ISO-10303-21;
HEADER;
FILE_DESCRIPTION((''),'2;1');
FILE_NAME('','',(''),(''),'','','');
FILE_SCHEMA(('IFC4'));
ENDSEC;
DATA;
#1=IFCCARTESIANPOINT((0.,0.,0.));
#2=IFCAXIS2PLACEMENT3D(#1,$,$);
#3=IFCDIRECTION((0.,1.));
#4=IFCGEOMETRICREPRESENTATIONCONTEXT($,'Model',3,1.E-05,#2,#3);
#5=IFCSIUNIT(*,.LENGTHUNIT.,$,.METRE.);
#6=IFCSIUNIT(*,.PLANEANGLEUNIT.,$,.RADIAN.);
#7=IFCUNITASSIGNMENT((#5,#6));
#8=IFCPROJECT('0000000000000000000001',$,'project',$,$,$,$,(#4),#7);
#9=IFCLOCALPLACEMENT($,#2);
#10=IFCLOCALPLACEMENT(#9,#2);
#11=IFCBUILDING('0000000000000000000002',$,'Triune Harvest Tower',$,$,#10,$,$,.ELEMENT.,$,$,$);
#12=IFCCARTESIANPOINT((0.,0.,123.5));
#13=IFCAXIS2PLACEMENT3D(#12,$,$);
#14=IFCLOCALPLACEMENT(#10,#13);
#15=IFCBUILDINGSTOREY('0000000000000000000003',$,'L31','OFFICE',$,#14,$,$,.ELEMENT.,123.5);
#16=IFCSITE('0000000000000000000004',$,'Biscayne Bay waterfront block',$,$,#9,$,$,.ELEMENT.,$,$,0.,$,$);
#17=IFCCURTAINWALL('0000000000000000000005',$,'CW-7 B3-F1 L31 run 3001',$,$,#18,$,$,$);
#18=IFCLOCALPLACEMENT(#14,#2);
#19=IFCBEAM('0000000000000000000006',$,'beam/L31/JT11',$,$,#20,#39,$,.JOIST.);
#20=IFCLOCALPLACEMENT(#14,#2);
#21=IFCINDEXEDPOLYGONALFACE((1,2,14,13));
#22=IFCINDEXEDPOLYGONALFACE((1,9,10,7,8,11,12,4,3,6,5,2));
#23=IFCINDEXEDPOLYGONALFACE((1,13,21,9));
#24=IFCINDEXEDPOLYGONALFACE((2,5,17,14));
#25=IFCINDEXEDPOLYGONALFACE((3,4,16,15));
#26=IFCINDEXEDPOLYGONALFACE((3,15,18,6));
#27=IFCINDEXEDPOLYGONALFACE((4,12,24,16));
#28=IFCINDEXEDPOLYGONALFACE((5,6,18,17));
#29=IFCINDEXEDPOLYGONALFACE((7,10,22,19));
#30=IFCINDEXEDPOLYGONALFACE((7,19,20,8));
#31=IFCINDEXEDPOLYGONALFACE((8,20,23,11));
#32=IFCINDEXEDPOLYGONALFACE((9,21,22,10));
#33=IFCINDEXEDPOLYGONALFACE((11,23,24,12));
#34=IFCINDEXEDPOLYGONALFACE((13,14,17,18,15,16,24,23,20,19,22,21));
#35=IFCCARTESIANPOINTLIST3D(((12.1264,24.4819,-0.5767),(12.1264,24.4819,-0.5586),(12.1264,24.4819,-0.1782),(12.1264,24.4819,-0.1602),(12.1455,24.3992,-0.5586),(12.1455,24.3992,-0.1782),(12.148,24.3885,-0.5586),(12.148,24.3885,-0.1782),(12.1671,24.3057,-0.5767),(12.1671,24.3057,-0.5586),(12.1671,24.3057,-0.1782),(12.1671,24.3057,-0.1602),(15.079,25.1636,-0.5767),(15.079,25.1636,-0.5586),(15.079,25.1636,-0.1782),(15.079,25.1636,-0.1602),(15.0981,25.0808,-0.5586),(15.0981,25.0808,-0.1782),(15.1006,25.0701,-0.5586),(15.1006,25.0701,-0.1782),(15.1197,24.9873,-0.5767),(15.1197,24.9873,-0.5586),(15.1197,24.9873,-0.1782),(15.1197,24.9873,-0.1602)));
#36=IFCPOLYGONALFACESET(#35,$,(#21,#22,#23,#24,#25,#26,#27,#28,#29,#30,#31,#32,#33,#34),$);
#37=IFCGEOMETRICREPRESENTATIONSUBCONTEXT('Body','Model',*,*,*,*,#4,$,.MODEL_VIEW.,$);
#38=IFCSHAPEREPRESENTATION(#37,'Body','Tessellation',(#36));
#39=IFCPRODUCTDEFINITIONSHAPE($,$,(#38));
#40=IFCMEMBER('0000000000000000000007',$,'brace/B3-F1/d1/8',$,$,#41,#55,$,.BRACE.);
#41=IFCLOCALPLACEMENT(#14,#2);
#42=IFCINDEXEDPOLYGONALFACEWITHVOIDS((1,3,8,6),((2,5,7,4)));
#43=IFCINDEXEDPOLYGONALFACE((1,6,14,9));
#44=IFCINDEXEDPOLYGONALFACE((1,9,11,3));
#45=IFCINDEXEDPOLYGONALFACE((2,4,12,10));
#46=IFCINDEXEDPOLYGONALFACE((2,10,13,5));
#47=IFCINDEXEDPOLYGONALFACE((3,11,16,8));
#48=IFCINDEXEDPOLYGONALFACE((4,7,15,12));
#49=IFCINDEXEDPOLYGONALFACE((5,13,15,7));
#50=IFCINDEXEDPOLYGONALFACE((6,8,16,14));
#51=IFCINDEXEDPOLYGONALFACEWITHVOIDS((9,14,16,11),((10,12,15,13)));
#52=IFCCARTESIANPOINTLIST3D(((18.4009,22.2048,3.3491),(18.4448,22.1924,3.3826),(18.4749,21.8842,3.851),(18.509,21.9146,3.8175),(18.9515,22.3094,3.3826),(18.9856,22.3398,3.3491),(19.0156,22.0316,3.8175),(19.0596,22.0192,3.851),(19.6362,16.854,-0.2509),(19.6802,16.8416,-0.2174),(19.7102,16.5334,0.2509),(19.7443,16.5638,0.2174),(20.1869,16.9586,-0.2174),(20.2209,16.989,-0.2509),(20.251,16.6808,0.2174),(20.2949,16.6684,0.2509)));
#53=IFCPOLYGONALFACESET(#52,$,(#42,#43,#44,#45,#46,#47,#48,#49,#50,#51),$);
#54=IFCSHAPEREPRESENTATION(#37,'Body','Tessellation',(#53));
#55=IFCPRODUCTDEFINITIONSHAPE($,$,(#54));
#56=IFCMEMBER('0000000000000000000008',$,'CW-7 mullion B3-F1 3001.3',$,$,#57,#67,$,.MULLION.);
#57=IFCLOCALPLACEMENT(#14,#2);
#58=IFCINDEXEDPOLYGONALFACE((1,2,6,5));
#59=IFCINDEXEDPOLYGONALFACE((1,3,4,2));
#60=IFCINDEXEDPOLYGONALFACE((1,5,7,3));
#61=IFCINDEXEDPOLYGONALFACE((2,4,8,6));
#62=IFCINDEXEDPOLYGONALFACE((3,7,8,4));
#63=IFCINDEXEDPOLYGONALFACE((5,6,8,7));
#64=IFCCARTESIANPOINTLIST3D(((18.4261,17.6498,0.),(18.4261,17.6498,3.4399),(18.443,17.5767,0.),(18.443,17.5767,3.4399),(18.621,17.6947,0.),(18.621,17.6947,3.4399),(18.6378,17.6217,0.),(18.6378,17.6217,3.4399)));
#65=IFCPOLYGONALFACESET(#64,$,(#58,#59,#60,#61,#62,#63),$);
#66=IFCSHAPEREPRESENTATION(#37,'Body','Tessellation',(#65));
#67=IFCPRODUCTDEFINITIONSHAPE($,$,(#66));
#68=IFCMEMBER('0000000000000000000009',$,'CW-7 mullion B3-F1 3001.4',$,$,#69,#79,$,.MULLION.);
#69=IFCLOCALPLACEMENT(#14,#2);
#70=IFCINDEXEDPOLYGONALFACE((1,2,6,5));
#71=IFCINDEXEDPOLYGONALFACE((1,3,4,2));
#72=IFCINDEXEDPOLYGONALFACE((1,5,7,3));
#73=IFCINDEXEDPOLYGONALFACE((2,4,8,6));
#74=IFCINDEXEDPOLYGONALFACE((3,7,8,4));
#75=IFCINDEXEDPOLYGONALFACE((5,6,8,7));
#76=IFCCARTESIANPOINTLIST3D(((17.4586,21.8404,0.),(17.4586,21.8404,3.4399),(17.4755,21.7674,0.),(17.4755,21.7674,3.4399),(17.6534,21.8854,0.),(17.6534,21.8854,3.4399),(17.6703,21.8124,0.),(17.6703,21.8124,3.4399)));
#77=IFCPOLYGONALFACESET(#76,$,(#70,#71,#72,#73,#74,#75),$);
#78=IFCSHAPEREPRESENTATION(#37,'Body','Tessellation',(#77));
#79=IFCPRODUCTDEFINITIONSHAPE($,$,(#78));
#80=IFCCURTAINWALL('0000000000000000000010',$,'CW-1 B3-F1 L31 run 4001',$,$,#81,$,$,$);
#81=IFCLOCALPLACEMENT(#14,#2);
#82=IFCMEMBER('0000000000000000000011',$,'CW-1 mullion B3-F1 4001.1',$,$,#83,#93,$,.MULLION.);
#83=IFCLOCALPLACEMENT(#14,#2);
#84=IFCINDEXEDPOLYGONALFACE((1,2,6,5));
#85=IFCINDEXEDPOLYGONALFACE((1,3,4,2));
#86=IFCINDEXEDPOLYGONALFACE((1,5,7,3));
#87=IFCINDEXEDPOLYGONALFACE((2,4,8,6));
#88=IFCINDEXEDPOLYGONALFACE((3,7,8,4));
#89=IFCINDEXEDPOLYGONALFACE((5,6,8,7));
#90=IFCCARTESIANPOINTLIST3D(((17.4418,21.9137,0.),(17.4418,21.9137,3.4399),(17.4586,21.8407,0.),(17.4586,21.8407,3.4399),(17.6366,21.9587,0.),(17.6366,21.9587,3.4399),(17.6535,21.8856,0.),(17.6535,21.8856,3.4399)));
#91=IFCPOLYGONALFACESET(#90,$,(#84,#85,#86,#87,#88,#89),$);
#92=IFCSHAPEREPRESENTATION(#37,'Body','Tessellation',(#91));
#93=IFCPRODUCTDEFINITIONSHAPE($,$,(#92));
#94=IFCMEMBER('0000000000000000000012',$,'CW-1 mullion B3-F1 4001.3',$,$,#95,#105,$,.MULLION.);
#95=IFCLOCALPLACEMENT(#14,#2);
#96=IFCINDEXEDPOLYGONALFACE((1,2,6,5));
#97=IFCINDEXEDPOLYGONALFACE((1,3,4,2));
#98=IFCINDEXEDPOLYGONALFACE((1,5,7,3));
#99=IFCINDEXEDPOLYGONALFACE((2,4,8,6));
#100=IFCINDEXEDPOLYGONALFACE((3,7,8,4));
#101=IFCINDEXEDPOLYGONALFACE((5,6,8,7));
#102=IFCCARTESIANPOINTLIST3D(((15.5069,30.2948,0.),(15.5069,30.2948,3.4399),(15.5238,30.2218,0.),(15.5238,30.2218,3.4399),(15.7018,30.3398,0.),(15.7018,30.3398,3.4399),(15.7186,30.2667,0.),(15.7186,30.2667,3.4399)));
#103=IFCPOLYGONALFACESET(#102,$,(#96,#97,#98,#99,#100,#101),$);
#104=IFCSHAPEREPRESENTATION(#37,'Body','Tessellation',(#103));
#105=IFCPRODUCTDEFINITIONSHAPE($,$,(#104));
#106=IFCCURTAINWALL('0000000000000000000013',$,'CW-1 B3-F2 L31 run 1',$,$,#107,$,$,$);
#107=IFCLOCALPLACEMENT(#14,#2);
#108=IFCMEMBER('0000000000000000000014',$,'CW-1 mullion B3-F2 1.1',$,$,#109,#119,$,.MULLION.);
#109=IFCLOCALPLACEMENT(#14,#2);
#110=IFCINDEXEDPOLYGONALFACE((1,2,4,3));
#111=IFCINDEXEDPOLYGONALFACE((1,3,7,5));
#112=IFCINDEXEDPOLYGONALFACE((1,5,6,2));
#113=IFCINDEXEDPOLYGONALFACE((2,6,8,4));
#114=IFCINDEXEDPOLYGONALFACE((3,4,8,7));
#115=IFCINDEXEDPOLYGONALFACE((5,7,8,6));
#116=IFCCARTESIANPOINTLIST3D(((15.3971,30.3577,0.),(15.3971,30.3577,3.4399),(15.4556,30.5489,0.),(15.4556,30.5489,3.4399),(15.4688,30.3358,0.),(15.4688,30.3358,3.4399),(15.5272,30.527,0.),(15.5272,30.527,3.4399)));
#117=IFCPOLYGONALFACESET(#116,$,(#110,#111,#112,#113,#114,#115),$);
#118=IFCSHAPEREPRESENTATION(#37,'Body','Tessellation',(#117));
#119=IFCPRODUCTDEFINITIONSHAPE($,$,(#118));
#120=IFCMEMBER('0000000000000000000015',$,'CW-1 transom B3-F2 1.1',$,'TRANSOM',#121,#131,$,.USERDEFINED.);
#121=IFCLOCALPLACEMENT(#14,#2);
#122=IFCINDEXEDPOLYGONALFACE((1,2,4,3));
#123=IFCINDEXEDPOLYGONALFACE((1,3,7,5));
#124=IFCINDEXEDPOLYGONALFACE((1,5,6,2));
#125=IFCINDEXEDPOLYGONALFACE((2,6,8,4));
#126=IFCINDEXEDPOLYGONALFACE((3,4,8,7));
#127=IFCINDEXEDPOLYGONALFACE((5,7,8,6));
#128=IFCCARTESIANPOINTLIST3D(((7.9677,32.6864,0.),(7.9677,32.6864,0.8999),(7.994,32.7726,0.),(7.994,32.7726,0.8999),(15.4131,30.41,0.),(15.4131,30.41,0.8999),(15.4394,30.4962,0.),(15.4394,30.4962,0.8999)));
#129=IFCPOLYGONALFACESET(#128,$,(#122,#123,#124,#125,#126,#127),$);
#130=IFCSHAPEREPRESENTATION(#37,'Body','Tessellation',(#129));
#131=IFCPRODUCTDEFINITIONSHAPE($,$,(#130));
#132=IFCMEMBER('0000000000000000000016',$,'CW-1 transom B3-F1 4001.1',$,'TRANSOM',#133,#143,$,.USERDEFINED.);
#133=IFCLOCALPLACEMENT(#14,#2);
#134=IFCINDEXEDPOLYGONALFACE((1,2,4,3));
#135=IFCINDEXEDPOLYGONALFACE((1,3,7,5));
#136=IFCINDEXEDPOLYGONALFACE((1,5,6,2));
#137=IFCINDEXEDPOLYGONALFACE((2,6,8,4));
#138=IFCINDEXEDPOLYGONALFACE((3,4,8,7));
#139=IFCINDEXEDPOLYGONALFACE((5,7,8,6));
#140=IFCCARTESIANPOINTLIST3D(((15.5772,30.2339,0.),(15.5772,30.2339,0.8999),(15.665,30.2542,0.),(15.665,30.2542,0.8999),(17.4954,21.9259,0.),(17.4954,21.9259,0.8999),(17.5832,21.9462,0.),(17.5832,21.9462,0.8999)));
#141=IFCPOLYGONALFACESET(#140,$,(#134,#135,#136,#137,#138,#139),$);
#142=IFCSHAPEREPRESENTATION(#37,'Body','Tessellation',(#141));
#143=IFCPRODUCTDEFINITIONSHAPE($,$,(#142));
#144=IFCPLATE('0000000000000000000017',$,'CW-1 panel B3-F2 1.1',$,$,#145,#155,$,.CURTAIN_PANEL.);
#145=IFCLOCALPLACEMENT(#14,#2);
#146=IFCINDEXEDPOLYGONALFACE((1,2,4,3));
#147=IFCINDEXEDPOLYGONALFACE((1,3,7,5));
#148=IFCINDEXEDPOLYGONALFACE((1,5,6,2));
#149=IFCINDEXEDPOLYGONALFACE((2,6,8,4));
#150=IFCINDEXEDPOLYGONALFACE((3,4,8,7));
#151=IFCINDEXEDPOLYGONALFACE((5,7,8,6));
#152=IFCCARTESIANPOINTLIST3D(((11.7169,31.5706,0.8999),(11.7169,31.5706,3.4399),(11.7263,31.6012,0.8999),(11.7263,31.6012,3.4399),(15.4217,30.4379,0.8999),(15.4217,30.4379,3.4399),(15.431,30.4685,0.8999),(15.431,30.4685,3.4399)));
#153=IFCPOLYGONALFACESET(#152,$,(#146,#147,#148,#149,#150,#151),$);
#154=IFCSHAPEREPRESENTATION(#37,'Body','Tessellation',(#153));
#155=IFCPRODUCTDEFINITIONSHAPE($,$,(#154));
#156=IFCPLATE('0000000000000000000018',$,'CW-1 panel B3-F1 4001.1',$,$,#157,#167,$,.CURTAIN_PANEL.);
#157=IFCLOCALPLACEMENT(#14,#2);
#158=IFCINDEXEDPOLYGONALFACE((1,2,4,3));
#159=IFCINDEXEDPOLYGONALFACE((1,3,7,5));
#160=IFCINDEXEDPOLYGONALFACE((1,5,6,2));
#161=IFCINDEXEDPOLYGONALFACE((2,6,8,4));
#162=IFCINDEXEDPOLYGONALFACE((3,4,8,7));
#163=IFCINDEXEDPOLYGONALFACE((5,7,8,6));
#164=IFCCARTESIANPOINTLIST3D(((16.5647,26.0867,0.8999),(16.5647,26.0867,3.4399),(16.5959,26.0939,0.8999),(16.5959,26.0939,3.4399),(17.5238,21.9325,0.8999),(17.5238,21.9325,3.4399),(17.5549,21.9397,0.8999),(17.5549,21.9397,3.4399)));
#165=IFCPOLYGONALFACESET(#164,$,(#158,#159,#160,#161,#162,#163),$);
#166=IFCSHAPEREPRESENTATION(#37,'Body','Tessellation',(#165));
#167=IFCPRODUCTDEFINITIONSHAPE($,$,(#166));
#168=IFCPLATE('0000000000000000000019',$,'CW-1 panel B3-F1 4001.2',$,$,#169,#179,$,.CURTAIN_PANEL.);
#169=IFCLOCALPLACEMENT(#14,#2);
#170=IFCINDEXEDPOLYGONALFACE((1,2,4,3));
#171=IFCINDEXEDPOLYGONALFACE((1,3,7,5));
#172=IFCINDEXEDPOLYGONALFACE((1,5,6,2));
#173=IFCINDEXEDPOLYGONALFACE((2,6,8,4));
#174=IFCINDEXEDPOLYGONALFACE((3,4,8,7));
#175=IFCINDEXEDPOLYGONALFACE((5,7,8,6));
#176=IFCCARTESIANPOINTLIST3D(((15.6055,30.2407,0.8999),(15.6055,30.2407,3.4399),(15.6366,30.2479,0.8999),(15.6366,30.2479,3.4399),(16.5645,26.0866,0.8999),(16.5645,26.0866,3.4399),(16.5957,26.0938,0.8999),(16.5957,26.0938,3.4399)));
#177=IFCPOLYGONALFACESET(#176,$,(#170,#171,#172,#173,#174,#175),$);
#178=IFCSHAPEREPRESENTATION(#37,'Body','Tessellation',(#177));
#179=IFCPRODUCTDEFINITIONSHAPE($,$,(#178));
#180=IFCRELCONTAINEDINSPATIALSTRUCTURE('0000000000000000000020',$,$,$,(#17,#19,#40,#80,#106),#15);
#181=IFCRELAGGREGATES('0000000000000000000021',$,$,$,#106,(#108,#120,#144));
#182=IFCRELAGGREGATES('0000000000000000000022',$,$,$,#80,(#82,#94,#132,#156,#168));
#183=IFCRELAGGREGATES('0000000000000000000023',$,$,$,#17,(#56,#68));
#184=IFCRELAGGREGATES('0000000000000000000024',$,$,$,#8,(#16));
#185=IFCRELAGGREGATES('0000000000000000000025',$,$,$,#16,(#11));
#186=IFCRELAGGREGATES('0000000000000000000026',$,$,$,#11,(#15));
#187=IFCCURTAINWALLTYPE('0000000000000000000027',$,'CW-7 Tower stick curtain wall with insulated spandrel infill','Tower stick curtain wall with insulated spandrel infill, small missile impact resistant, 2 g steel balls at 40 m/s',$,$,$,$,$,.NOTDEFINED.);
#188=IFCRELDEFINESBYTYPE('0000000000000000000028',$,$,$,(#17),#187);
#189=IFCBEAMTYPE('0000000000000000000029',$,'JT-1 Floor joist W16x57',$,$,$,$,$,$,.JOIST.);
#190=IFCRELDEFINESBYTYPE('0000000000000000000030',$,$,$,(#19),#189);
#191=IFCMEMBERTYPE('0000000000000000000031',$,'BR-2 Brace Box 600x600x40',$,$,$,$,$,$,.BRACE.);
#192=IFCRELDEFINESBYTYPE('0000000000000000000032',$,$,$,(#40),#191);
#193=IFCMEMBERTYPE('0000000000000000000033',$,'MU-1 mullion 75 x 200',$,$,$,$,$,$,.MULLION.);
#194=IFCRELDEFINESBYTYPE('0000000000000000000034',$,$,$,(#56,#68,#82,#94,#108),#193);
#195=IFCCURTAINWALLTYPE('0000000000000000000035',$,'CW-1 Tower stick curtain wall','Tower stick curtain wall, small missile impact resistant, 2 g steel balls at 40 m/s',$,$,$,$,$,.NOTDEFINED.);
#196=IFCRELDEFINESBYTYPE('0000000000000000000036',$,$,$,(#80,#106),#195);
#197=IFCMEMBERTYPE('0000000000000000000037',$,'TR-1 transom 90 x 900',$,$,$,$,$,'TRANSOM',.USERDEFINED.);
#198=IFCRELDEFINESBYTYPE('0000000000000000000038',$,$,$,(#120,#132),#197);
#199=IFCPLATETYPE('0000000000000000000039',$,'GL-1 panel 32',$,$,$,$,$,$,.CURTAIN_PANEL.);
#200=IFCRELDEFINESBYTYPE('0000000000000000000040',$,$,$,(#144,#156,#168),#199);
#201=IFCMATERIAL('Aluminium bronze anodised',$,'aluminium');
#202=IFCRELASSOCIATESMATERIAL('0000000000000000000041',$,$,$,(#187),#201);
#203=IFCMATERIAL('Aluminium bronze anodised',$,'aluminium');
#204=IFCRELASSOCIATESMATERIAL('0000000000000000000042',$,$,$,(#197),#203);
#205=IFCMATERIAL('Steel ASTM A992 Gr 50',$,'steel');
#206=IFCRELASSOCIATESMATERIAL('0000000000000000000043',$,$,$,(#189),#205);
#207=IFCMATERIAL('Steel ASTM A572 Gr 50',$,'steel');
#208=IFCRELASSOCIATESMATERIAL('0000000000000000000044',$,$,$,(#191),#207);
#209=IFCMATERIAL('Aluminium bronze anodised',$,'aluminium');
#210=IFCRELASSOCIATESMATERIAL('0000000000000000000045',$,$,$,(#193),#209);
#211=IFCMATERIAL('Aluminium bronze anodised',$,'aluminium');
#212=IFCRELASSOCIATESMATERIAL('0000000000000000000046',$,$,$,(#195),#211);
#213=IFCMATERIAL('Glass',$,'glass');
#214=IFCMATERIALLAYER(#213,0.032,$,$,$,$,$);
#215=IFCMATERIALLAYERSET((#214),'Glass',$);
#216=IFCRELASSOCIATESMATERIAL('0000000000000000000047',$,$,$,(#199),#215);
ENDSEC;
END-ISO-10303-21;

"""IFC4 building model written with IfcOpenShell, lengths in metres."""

from ifc_helpers import new_model, si_unit, direction, frame, origin, origin_2d, place, context, subcontext, project, spatial, rectangle, hollow_rectangle, i_section, extrude, source, transform, mapped, material, layer, layer_set, material_profile, profile_set, type_object, element, aggregate, save


model = new_model("IFC4")

# Units and contexts
model_context = context("Model", 3, precision=1e-05, world=origin(), true_north=direction((0.0, 1.0)))
body_context = subcontext(model_context, "Body", "Model", "MODEL_VIEW")
ifc_project = project(units=[si_unit("LENGTHUNIT", "METRE"), si_unit("PLANEANGLEUNIT", "RADIAN")], contexts=[model_context])

# Site, building, storey
site_placement = place(None, origin())
site = spatial("IfcSite", under=ifc_project, at=site_placement, Name="Biscayne Bay waterfront block", CompositionType="ELEMENT", RefElevation=0.0)
building_placement = place(site_placement, origin())
building = spatial("IfcBuilding", under=site, at=building_placement, Name="Triune Harvest Tower", CompositionType="ELEMENT")
storey_placement = place(building_placement, frame((0.0, 0.0, 123.5)))
storey = spatial("IfcBuildingStorey", under=building, at=storey_placement, Name="L31", Description="OFFICE", CompositionType="ELEMENT", Elevation=123.5)

# Curtain wall
ifc_material_1 = material(Name="Aluminium bronze anodised", Category="aluminium")
curtain_wall_type_1 = type_object("IfcCurtainWallType", Name="CW-7 Tower stick curtain wall with insulated spandrel infill", Description="Tower stick curtain wall with insulated spandrel infill, small missile impact resistant, 2 g steel balls at 40 m/s", PredefinedType="NOTDEFINED", material=ifc_material_1)
curtain_wall_1_placement = place(storey_placement, origin())
curtain_wall_1 = element("IfcCurtainWall", 1, at=curtain_wall_1_placement, inside=storey, type_object=curtain_wall_type_1, Name="CW-7 B3-F1 L31 run 3001")
ifc_material_2 = material(Name="Aluminium bronze anodised", Category="aluminium")
ifc_material_profile_1 = material_profile(ifc_material_2, rectangle(XDim=0.0901, YDim=0.8999, at=origin_2d()), Name="TR-1 transom 90 x 900")
ifc_profile_set_1 = profile_set([ifc_material_profile_1], Name="Aluminium bronze anodised")
member_type_1 = type_object("IfcMemberType", Name="TR-1 transom 90 x 900", ElementType="TRANSOM", PredefinedType="USERDEFINED", material=ifc_profile_set_1)

# Beam
ifc_material_3 = material(Name="Steel ASTM A992 Gr 50", Category="steel")
ifc_material_profile_2 = material_profile(ifc_material_3, i_section(OverallWidth=0.1809, OverallDepth=0.4165, WebThickness=0.011, FlangeThickness=0.0181, at=origin_2d()), Name="W16x57")
ifc_profile_set_2 = profile_set([ifc_material_profile_2], Name="Steel ASTM A992 Gr 50")
beam_type_1 = type_object("IfcBeamType", Name="JT-1 Floor joist W16x57", PredefinedType="JOIST", material=ifc_profile_set_2)
shared_shape_1 = source(origin(), body_context, "Body", "SweptSolid", [
    extrude(i_section(OverallWidth=0.1809, OverallDepth=0.4165, WebThickness=0.011, FlangeThickness=0.0181, at=origin_2d()), origin(), (0.0, 0.0, 1.0), 3.0303),
])
beam_1_placement = place(storey_placement, frame((15.0994, 25.0754, -0.3684), z_axis=(-0.974372, -0.224942, 0.0), x_axis=(0.224942, -0.974372, 0.0)))
element("IfcBeam", 2, at=beam_1_placement, inside=storey, type_object=beam_type_1, Name="beam/L31/JT11", PredefinedType="JOIST", context=body_context, shape_type="MappedRepresentation", body=[
    mapped(shared_shape_1, transform((0.0, 0.0, 0.0), scale=1.0)),
])

# Members
ifc_material_4 = material(Name="Steel ASTM A572 Gr 50", Category="steel")
ifc_material_profile_3 = material_profile(ifc_material_4, hollow_rectangle(XDim=0.6001, YDim=0.6001, WallThickness=0.04, at=origin_2d()), Name="Box 600x600x40")
ifc_profile_set_3 = profile_set([ifc_material_profile_3], Name="Steel ASTM A572 Gr 50")
member_type_2 = type_object("IfcMemberType", Name="BR-2 Brace Box 600x600x40", PredefinedType="BRACE", material=ifc_profile_set_3)
shared_shape_2 = source(origin(), body_context, "Body", "SweptSolid", [
    extrude(hollow_rectangle(XDim=0.6001, YDim=0.6001, WallThickness=0.04, at=origin_2d()), origin(), (0.0, 0.0, 1.0), 6.5664),
])
member_1_placement = place(storey_placement, frame((19.9656, 16.7612, 0.0), z_axis=(-0.188131, 0.814875, 0.548257), x_axis=(-0.974369, -0.224954, 0.0)))
element("IfcMember", 3, at=member_1_placement, inside=storey, type_object=member_type_2, Name="brace/B3-F1/d1/8", PredefinedType="BRACE", context=body_context, shape_type="MappedRepresentation", body=[
    mapped(shared_shape_2, transform((0.0, 0.0, 0.0), scale=1.0)),
])
ifc_material_5 = material(Name="Aluminium bronze anodised", Category="aluminium")
ifc_material_profile_4 = material_profile(ifc_material_5, rectangle(XDim=0.2, YDim=0.075, at=origin_2d()), Name="MU-1 mullion 75 x 200")
ifc_profile_set_4 = profile_set([ifc_material_profile_4], Name="Aluminium bronze anodised")
member_type_3 = type_object("IfcMemberType", Name="MU-1 mullion 75 x 200", PredefinedType="MULLION", material=ifc_profile_set_4)
shared_shape_3 = source(origin(), body_context, "Body", "SweptSolid", [
    extrude(rectangle(XDim=0.2, YDim=0.075, at=origin_2d()), origin(), (0.0, 0.0, 1.0), 3.4399),
])
member_2_placement = place(storey_placement, frame((18.532, 17.6357, 0.0), z_axis=(0.0, 0.0, 1.0), x_axis=(-0.974371, -0.224947, 0.0)))
member_2 = element("IfcMember", 4, at=member_2_placement, type_object=member_type_3, Name="CW-7 mullion B3-F1 3001.3", PredefinedType="MULLION", context=body_context, shape_type="MappedRepresentation", body=[
    mapped(shared_shape_3, transform((0.0, 0.0, 0.0), scale=1.0)),
])
member_3_placement = place(storey_placement, frame((17.5645, 21.8264, 0.0), z_axis=(0.0, 0.0, 1.0), x_axis=(-0.974371, -0.224947, 0.0)))
member_3 = element("IfcMember", 5, at=member_3_placement, type_object=member_type_3, Name="CW-7 mullion B3-F1 3001.4", PredefinedType="MULLION", context=body_context, shape_type="MappedRepresentation", body=[
    mapped(shared_shape_3, transform((0.0, 0.0, 0.0), scale=1.0)),
])

# Curtain walls, members
ifc_material_6 = material(Name="Aluminium bronze anodised", Category="aluminium")
curtain_wall_type_2 = type_object("IfcCurtainWallType", Name="CW-1 Tower stick curtain wall", Description="Tower stick curtain wall, small missile impact resistant, 2 g steel balls at 40 m/s", PredefinedType="NOTDEFINED", material=ifc_material_6)
curtain_wall_2_placement = place(storey_placement, origin())
curtain_wall_2 = element("IfcCurtainWall", 6, at=curtain_wall_2_placement, inside=storey, type_object=curtain_wall_type_2, Name="CW-1 B3-F1 L31 run 4001")
member_4_placement = place(storey_placement, frame((17.5476, 21.8997, 0.0), z_axis=(0.0, 0.0, 1.0), x_axis=(-0.974369, -0.224954, 0.0)))
member_4 = element("IfcMember", 7, at=member_4_placement, type_object=member_type_3, Name="CW-1 mullion B3-F1 4001.1", PredefinedType="MULLION", context=body_context, shape_type="MappedRepresentation", body=[
    mapped(shared_shape_3, transform((0.0, 0.0, 0.0), scale=1.0)),
])
member_5_placement = place(storey_placement, frame((15.6128, 30.2808, 0.0), z_axis=(0.0, 0.0, 1.0), x_axis=(-0.974369, -0.224954, 0.0)))
member_5 = element("IfcMember", 8, at=member_5_placement, type_object=member_type_3, Name="CW-1 mullion B3-F1 4001.3", PredefinedType="MULLION", context=body_context, shape_type="MappedRepresentation", body=[
    mapped(shared_shape_3, transform((0.0, 0.0, 0.0), scale=1.0)),
])
curtain_wall_3_placement = place(storey_placement, origin())
curtain_wall_3 = element("IfcCurtainWall", 9, at=curtain_wall_3_placement, inside=storey, type_object=curtain_wall_type_2, Name="CW-1 B3-F2 L31 run 1")
member_6_placement = place(storey_placement, frame((15.4622, 30.4424, 0.0), z_axis=(0.0, 0.0, 1.0), x_axis=(-0.292377, -0.956303, 0.0)))
member_6 = element("IfcMember", 10, at=member_6_placement, type_object=member_type_3, Name="CW-1 mullion B3-F2 1.1", PredefinedType="MULLION", context=body_context, shape_type="MappedRepresentation", body=[
    mapped(shared_shape_3, transform((0.0, 0.0, 0.0), scale=1.0)),
])
shared_shape_4 = source(origin(), body_context, "Body", "SweptSolid", [
    extrude(rectangle(XDim=0.0901, YDim=0.8999, at=origin_2d()), origin(), (0.0, 0.0, 1.0), 7.7856),
])
member_7_placement = place(storey_placement, frame((15.4263, 30.4531, 0.45), z_axis=(-0.956301, 0.292384, 0.0), x_axis=(-0.292384, -0.956301, 0.0)))
member_7 = element("IfcMember", 11, at=member_7_placement, type_object=member_type_1, Name="CW-1 transom B3-F2 1.1", ObjectType="TRANSOM", PredefinedType="USERDEFINED", context=body_context, shape_type="MappedRepresentation", body=[
    mapped(shared_shape_4, transform((0.0, 0.0, 0.0), scale=1.0)),
])

# Member
shared_shape_5 = source(origin(), body_context, "Body", "SweptSolid", [
    extrude(rectangle(XDim=0.0901, YDim=0.8999, at=origin_2d()), origin(), (0.0, 0.0, 1.0), 8.5266),
])
member_8_placement = place(storey_placement, frame((17.5393, 21.936, 0.45), z_axis=(-0.224966, 0.974367, 0.0), x_axis=(-0.974367, -0.224966, 0.0)))
member_8 = element("IfcMember", 12, at=member_8_placement, type_object=member_type_1, Name="CW-1 transom B3-F1 4001.1", ObjectType="TRANSOM", PredefinedType="USERDEFINED", context=body_context, shape_type="MappedRepresentation", body=[
    mapped(shared_shape_5, transform((0.0, 0.0, 0.0), scale=1.0)),
])

# Plates
ifc_material_7 = material(Name="Glass", Category="glass")
ifc_layer_1 = layer(ifc_material_7, 0.032)
ifc_layer_set_1 = layer_set([ifc_layer_1], Name="Glass")
plate_type_1 = type_object("IfcPlateType", Name="GL-1 panel 32", PredefinedType="CURTAIN_PANEL", material=ifc_layer_set_1)
shared_shape_6 = source(origin(), body_context, "Body", "SweptSolid", [
    extrude(rectangle(XDim=3.874, YDim=0.032, at=origin_2d()), origin(), (0.0, 0.0, 1.0), 2.54),
])
plate_1_placement = place(storey_placement, frame((13.574, 31.0195, 0.8999), z_axis=(0.0, 0.0, 1.0), x_axis=(-0.956303, 0.292377, 0.0)))
plate_1 = element("IfcPlate", 13, at=plate_1_placement, type_object=plate_type_1, Name="CW-1 panel B3-F2 1.1", PredefinedType="CURTAIN_PANEL", context=body_context, shape_type="MappedRepresentation", body=[
    mapped(shared_shape_6, transform((0.0, 0.0, 0.0), scale=1.0)),
])
aggregate(curtain_wall_3, [member_6, member_7, plate_1])
shared_shape_7 = source(origin(), body_context, "Body", "SweptSolid", [
    extrude(rectangle(XDim=4.2634, YDim=0.032, at=origin_2d()), origin(), (0.0, 0.0, 1.0), 2.54),
])
plate_2_placement = place(storey_placement, frame((17.0598, 24.0132, 0.8999), z_axis=(0.0, 0.0, 1.0), x_axis=(-0.224954, 0.974369, 0.0)))
plate_2 = element("IfcPlate", 14, at=plate_2_placement, type_object=plate_type_1, Name="CW-1 panel B3-F1 4001.1", PredefinedType="CURTAIN_PANEL", context=body_context, shape_type="MappedRepresentation", body=[
    mapped(shared_shape_7, transform((0.0, 0.0, 0.0), scale=1.0)),
])
plate_3_placement = place(storey_placement, frame((16.1006, 28.1672, 0.8999), z_axis=(0.0, 0.0, 1.0), x_axis=(-0.224954, 0.974369, 0.0)))
plate_3 = element("IfcPlate", 15, at=plate_3_placement, type_object=plate_type_1, Name="CW-1 panel B3-F1 4001.2", PredefinedType="CURTAIN_PANEL", context=body_context, shape_type="MappedRepresentation", body=[
    mapped(shared_shape_7, transform((0.0, 0.0, 0.0), scale=1.0)),
])
aggregate(curtain_wall_2, [member_4, member_5, member_8, plate_2, plate_3])
aggregate(curtain_wall_1, [member_2, member_3])

save(model, "model.ifc")
